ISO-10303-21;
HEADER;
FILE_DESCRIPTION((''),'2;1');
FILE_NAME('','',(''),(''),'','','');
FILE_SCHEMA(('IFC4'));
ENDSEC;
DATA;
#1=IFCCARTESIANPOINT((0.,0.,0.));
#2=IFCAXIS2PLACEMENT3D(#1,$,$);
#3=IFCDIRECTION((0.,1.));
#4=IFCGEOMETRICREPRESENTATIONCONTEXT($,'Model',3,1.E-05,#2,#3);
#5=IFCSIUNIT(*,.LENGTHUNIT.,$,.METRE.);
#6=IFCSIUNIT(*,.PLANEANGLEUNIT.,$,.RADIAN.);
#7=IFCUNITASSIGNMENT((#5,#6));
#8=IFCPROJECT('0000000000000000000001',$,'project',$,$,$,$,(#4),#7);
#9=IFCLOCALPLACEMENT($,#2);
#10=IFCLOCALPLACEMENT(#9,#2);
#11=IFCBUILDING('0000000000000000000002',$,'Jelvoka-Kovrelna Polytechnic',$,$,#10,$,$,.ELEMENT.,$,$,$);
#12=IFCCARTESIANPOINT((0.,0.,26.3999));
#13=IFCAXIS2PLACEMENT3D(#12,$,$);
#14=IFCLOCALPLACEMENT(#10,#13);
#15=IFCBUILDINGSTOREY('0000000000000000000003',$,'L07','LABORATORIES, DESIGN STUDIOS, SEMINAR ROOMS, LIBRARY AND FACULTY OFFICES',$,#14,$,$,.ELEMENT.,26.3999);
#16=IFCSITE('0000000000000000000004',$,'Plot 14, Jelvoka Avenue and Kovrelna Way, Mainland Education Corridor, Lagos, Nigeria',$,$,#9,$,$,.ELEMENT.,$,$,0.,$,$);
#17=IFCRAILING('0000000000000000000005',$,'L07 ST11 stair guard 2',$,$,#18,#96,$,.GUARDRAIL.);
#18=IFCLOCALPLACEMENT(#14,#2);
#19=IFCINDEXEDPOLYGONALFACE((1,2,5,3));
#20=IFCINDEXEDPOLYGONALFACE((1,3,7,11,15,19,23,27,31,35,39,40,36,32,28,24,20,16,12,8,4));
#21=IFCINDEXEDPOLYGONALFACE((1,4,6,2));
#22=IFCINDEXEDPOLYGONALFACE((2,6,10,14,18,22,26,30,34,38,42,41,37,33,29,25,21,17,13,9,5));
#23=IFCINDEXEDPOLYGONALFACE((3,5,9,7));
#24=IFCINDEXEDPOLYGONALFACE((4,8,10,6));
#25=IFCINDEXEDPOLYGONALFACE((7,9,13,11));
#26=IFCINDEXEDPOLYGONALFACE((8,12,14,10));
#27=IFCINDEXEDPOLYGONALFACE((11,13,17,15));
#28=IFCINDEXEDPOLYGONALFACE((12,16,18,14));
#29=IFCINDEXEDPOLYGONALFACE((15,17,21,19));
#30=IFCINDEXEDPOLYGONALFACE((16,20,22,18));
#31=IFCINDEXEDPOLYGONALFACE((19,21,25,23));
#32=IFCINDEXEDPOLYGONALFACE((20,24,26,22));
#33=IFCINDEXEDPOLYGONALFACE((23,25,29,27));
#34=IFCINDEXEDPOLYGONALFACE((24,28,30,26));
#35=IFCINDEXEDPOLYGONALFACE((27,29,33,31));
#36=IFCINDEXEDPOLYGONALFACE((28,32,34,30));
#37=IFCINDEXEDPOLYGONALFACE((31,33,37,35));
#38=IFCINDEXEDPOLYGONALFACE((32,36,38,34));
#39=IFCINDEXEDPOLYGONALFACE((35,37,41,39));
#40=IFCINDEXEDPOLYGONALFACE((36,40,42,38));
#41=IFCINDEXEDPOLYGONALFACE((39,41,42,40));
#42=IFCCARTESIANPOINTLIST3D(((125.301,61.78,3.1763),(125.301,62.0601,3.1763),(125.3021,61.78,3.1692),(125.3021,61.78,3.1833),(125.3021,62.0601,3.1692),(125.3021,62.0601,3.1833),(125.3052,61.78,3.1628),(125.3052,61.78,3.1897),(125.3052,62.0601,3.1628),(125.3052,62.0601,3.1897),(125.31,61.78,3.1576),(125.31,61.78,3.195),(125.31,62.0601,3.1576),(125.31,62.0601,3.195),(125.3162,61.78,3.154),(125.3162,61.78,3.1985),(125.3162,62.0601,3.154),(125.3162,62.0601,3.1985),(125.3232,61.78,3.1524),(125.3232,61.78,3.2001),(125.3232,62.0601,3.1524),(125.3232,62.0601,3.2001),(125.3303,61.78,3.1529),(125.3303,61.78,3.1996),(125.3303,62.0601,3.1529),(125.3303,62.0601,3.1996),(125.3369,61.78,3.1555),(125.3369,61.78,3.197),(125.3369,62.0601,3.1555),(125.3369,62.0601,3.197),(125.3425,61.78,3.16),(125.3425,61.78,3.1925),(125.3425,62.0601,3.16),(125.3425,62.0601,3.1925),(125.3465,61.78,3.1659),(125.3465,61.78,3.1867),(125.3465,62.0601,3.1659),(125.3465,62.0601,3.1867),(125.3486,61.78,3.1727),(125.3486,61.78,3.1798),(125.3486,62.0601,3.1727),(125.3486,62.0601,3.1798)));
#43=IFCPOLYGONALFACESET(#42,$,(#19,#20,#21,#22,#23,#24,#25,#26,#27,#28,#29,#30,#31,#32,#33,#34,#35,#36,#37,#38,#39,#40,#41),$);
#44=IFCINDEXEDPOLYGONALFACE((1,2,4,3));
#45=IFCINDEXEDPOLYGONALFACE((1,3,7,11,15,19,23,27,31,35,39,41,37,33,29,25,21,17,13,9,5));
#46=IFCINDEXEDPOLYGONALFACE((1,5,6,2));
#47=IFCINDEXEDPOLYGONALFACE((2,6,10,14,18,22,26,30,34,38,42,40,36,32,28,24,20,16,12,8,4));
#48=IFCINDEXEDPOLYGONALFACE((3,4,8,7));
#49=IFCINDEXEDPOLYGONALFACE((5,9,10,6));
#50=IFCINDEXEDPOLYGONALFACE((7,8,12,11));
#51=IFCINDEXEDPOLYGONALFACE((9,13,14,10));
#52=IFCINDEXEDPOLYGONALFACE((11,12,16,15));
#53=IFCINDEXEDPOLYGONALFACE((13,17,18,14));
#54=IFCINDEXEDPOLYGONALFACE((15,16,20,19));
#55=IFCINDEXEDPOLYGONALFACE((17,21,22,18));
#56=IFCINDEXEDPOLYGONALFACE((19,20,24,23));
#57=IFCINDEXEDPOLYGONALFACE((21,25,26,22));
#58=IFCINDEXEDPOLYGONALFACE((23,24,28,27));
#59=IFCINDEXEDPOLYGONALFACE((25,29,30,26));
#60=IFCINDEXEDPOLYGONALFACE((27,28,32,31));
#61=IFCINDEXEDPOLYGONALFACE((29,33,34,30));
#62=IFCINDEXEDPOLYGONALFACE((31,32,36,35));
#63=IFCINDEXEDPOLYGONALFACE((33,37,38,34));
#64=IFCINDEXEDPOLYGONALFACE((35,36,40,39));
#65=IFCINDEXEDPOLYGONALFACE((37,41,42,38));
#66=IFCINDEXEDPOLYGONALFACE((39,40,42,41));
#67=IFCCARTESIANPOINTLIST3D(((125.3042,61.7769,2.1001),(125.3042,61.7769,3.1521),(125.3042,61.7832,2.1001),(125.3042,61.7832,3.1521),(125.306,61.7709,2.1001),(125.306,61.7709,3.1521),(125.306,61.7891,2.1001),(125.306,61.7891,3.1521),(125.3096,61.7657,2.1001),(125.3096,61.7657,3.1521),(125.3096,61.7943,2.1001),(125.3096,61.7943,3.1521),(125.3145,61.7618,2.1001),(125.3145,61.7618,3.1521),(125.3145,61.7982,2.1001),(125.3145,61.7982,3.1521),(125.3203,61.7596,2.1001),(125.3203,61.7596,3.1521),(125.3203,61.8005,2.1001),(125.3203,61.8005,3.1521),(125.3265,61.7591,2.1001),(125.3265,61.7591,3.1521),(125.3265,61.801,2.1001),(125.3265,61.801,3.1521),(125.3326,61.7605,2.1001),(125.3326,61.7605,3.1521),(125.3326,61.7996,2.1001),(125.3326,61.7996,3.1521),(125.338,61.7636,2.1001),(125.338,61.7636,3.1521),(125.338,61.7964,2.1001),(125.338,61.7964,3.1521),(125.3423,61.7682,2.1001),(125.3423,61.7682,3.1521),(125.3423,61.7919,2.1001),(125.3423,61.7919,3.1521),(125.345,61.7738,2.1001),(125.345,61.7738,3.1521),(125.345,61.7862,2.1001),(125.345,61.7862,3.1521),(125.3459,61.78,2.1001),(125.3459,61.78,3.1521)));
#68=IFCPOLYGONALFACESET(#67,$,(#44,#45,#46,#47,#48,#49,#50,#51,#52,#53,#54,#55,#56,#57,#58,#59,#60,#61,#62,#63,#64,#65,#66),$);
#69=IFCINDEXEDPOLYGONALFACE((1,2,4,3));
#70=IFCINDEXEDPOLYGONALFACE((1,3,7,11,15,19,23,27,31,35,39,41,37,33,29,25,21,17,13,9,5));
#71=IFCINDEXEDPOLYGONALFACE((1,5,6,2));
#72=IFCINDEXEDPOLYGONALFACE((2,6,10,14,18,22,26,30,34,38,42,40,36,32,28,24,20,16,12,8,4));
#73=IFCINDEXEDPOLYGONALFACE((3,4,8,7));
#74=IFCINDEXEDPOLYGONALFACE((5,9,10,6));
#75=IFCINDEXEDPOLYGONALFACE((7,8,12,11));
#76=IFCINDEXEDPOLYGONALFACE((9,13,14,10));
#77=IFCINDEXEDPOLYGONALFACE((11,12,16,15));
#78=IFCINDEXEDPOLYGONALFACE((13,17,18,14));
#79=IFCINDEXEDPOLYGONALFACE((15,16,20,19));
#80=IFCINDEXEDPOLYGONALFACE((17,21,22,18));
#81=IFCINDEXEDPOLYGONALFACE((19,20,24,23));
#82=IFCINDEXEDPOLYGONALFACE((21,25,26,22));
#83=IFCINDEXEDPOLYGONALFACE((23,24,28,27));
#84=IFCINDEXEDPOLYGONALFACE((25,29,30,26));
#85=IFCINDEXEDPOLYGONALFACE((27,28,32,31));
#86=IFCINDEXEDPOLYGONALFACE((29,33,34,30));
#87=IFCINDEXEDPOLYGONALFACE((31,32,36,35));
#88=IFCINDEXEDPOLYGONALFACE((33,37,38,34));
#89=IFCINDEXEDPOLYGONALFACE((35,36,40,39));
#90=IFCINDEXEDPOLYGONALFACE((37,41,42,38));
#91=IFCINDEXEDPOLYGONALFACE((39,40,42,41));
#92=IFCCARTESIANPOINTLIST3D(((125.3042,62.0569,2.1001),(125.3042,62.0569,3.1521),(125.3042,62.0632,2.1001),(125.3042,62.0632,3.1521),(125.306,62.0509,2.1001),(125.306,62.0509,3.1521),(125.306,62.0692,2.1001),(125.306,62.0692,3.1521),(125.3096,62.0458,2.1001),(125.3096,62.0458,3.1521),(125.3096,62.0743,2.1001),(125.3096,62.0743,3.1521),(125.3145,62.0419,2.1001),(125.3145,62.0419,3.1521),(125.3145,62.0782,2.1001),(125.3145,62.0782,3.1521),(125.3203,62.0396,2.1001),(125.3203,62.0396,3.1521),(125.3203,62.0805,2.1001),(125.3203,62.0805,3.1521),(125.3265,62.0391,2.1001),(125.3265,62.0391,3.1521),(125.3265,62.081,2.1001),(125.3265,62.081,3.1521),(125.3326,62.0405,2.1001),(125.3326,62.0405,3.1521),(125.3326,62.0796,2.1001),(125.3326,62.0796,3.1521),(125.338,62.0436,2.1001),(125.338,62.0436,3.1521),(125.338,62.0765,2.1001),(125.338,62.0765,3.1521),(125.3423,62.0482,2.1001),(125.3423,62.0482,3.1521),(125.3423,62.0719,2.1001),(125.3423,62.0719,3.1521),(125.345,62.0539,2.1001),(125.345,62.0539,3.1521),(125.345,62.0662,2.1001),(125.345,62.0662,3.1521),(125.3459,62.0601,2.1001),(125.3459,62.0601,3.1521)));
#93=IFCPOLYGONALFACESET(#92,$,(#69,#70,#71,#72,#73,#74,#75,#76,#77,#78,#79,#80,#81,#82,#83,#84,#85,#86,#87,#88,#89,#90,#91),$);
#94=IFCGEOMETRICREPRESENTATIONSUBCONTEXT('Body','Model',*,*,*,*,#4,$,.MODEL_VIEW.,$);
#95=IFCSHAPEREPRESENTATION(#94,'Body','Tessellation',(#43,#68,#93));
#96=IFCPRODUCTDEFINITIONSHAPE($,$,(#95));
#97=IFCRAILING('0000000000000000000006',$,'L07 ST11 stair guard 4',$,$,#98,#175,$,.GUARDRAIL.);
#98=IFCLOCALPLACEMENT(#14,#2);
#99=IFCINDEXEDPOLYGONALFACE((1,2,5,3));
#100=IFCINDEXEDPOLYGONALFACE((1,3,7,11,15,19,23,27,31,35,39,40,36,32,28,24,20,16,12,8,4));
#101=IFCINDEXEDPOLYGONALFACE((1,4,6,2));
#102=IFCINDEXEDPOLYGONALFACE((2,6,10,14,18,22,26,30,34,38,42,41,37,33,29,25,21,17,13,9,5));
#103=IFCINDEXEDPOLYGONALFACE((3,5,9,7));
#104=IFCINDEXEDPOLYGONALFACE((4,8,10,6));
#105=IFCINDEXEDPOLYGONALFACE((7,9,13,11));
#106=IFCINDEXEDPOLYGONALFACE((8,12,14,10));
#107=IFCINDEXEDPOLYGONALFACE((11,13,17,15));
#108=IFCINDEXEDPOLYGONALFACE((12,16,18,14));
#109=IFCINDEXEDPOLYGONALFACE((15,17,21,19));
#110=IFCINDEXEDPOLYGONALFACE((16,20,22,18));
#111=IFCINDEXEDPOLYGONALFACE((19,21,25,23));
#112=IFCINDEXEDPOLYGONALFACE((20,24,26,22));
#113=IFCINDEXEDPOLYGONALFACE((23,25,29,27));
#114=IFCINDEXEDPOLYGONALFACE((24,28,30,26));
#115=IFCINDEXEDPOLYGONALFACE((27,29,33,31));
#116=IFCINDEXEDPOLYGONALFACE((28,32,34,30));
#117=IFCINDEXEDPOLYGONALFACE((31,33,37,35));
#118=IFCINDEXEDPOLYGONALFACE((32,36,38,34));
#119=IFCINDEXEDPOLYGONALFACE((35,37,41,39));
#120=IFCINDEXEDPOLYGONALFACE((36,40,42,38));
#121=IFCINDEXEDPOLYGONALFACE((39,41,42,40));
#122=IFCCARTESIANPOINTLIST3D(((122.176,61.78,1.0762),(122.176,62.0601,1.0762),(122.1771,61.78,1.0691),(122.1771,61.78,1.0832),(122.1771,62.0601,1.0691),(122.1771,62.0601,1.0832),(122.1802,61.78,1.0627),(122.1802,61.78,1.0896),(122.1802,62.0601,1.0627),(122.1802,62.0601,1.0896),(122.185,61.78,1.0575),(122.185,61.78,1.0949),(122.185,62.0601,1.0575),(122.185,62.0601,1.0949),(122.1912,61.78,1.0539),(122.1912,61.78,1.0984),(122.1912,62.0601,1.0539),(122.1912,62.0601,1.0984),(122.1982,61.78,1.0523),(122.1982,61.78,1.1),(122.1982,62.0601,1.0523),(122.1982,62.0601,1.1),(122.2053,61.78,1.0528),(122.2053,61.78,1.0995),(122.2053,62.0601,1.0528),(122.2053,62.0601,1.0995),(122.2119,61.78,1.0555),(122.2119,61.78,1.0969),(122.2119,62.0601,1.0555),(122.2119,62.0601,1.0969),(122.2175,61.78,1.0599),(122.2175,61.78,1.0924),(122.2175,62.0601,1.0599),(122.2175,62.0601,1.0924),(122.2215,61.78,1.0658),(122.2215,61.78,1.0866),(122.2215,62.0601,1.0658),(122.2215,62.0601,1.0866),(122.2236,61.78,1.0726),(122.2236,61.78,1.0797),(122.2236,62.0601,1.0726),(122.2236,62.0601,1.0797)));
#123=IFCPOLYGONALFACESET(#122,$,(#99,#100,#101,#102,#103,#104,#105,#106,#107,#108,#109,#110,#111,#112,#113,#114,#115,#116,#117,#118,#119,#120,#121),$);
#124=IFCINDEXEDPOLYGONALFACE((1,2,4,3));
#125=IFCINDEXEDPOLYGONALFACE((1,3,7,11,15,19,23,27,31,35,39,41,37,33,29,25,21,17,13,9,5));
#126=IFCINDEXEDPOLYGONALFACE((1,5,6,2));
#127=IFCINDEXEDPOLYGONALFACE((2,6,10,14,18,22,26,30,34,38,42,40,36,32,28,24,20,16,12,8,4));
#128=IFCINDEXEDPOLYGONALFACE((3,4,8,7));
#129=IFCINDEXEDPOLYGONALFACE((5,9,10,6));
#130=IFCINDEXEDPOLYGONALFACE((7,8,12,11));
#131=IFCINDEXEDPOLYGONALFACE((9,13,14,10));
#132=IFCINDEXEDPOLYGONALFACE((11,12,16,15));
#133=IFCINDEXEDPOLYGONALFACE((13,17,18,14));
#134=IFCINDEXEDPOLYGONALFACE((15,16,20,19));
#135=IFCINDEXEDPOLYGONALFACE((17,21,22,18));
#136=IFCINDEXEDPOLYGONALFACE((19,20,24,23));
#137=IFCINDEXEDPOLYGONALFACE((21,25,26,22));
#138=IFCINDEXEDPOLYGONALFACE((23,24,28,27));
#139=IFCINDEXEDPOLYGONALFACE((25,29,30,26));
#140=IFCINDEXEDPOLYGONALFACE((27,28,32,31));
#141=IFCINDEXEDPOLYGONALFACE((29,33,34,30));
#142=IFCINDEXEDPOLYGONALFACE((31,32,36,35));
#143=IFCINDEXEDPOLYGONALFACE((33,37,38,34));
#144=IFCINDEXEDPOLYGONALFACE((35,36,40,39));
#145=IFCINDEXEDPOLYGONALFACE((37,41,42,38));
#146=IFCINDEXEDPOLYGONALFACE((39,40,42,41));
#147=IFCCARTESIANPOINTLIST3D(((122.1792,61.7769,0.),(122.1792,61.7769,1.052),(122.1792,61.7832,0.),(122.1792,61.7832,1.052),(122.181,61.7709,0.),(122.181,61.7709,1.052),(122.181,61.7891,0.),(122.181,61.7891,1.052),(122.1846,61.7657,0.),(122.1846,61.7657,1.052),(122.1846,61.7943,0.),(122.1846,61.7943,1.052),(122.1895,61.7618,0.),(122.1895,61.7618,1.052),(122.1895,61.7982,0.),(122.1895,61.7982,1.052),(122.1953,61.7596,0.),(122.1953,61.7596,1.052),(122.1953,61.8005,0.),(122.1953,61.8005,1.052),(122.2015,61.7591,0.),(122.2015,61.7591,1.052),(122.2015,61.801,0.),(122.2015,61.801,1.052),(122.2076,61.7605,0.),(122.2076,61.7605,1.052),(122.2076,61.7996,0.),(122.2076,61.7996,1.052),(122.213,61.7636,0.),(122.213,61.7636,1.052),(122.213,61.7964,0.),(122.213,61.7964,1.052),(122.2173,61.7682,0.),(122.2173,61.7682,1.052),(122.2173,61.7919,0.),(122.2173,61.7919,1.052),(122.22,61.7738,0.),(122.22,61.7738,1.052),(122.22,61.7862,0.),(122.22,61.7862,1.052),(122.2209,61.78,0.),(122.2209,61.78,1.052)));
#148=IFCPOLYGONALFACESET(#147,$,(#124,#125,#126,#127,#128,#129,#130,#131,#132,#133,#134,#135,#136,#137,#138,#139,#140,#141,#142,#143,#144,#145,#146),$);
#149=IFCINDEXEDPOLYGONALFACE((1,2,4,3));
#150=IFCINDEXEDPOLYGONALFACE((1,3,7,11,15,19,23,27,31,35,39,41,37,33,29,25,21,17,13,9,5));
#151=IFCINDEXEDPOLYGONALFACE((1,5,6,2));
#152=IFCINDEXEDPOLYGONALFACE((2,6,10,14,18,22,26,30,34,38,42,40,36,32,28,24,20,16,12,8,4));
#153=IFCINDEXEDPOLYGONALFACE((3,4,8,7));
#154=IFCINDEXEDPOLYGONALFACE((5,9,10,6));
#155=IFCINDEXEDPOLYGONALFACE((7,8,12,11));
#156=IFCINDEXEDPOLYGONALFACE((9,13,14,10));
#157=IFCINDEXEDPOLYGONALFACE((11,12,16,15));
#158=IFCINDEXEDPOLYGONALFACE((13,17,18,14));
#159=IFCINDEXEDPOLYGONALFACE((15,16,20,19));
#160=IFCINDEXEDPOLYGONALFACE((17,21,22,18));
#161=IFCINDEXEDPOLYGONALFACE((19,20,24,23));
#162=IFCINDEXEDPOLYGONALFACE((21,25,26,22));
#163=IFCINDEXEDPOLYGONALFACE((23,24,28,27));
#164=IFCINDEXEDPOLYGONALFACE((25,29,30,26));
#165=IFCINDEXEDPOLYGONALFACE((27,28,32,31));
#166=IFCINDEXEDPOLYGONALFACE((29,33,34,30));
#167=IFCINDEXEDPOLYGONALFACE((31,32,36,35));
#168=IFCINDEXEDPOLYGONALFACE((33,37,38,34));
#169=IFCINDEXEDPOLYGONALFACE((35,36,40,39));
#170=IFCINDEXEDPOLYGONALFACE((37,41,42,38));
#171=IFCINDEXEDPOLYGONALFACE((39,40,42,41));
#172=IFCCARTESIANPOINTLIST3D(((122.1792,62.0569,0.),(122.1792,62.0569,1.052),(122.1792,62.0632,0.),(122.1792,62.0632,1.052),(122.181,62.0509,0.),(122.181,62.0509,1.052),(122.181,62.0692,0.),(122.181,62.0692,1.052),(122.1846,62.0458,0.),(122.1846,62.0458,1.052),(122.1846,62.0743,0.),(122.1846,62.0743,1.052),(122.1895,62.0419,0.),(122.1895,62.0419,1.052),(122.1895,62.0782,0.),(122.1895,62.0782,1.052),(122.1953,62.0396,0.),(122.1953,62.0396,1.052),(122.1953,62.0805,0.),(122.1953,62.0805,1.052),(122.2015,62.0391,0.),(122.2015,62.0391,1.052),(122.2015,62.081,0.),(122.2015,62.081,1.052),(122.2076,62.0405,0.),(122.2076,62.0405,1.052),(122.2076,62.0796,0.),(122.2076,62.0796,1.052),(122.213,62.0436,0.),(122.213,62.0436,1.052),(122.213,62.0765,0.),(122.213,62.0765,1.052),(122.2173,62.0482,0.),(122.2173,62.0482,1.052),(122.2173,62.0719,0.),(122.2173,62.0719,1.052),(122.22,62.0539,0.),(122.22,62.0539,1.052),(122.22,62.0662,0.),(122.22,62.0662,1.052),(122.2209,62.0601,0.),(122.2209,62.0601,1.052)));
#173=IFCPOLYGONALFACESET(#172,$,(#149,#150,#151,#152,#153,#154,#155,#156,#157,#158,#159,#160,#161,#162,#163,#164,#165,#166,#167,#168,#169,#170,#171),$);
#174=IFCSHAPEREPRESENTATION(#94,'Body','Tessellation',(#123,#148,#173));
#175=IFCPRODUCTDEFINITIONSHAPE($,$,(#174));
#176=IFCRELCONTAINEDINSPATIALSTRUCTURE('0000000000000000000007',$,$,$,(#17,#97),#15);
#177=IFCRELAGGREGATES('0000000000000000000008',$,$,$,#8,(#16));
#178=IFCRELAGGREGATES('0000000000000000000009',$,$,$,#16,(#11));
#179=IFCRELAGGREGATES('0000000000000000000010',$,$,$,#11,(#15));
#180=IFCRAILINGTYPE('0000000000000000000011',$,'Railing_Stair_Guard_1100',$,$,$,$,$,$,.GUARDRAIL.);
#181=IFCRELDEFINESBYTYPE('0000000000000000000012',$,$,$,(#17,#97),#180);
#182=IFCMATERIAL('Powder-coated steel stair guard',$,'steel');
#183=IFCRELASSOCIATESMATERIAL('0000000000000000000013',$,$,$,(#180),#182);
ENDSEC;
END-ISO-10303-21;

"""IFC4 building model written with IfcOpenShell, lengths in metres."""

from ifc_helpers import new_model, si_unit, direction, frame, origin, origin_2d, place, context, subcontext, project, spatial, circle, extrude, material, type_object, element, save


model = new_model("IFC4")

# Units and contexts
model_context = context("Model", 3, precision=1e-05, world=origin(), true_north=direction((0.0, 1.0)))
body_context = subcontext(model_context, "Body", "Model", "MODEL_VIEW")
ifc_project = project(units=[si_unit("LENGTHUNIT", "METRE"), si_unit("PLANEANGLEUNIT", "RADIAN")], contexts=[model_context])

# Site, building, storey
site_placement = place(None, origin())
site = spatial("IfcSite", under=ifc_project, at=site_placement, Name="Plot 14, Jelvoka Avenue and Kovrelna Way, Mainland Education Corridor, Lagos, Nigeria", CompositionType="ELEMENT", RefElevation=0.0)
building_placement = place(site_placement, origin())
building = spatial("IfcBuilding", under=site, at=building_placement, Name="Jelvoka-Kovrelna Polytechnic", CompositionType="ELEMENT")
storey_placement = place(building_placement, frame((0.0, 0.0, 26.3999)))
storey = spatial("IfcBuildingStorey", under=building, at=storey_placement, Name="L07", Description="LABORATORIES, DESIGN STUDIOS, SEMINAR ROOMS, LIBRARY AND FACULTY OFFICES", CompositionType="ELEMENT", Elevation=26.3999)

# Railings
ifc_material_1 = material(Name="Powder-coated steel stair guard", Category="steel")
railing_type_1 = type_object("IfcRailingType", Name="Railing_Stair_Guard_1100", PredefinedType="GUARDRAIL", material=ifc_material_1)
for number, where, name in (
    (1, (125.325, 61.78, 2.1001), "L07 ST11 stair guard 2"),
    (2, (122.2, 61.78, 0.0), "L07 ST11 stair guard 4"),
):
    element("IfcRailing", number, at=place(storey_placement, frame(where)), inside=storey, type_object=railing_type_1, Name=name, PredefinedType="GUARDRAIL", context=body_context, shape_type="SweptSolid", body=[
        extrude(circle(Radius=0.0239, at=origin_2d()), frame((0.0, 0.0, 1.0762), z_axis=(0.0, 1.0, 0.0), x_axis=(-1.0, 0.0, 0.0)), (0.0, 0.0, 1.0), 0.28),
        extrude(circle(Radius=0.021, at=origin_2d()), origin(), (0.0, 0.0, 1.0), 1.052),
        extrude(circle(Radius=0.021, at=origin_2d()), frame((0.0, 0.28, 0.0)), (0.0, 0.0, 1.0), 1.052),
    ])

save(model, "model.ifc")
